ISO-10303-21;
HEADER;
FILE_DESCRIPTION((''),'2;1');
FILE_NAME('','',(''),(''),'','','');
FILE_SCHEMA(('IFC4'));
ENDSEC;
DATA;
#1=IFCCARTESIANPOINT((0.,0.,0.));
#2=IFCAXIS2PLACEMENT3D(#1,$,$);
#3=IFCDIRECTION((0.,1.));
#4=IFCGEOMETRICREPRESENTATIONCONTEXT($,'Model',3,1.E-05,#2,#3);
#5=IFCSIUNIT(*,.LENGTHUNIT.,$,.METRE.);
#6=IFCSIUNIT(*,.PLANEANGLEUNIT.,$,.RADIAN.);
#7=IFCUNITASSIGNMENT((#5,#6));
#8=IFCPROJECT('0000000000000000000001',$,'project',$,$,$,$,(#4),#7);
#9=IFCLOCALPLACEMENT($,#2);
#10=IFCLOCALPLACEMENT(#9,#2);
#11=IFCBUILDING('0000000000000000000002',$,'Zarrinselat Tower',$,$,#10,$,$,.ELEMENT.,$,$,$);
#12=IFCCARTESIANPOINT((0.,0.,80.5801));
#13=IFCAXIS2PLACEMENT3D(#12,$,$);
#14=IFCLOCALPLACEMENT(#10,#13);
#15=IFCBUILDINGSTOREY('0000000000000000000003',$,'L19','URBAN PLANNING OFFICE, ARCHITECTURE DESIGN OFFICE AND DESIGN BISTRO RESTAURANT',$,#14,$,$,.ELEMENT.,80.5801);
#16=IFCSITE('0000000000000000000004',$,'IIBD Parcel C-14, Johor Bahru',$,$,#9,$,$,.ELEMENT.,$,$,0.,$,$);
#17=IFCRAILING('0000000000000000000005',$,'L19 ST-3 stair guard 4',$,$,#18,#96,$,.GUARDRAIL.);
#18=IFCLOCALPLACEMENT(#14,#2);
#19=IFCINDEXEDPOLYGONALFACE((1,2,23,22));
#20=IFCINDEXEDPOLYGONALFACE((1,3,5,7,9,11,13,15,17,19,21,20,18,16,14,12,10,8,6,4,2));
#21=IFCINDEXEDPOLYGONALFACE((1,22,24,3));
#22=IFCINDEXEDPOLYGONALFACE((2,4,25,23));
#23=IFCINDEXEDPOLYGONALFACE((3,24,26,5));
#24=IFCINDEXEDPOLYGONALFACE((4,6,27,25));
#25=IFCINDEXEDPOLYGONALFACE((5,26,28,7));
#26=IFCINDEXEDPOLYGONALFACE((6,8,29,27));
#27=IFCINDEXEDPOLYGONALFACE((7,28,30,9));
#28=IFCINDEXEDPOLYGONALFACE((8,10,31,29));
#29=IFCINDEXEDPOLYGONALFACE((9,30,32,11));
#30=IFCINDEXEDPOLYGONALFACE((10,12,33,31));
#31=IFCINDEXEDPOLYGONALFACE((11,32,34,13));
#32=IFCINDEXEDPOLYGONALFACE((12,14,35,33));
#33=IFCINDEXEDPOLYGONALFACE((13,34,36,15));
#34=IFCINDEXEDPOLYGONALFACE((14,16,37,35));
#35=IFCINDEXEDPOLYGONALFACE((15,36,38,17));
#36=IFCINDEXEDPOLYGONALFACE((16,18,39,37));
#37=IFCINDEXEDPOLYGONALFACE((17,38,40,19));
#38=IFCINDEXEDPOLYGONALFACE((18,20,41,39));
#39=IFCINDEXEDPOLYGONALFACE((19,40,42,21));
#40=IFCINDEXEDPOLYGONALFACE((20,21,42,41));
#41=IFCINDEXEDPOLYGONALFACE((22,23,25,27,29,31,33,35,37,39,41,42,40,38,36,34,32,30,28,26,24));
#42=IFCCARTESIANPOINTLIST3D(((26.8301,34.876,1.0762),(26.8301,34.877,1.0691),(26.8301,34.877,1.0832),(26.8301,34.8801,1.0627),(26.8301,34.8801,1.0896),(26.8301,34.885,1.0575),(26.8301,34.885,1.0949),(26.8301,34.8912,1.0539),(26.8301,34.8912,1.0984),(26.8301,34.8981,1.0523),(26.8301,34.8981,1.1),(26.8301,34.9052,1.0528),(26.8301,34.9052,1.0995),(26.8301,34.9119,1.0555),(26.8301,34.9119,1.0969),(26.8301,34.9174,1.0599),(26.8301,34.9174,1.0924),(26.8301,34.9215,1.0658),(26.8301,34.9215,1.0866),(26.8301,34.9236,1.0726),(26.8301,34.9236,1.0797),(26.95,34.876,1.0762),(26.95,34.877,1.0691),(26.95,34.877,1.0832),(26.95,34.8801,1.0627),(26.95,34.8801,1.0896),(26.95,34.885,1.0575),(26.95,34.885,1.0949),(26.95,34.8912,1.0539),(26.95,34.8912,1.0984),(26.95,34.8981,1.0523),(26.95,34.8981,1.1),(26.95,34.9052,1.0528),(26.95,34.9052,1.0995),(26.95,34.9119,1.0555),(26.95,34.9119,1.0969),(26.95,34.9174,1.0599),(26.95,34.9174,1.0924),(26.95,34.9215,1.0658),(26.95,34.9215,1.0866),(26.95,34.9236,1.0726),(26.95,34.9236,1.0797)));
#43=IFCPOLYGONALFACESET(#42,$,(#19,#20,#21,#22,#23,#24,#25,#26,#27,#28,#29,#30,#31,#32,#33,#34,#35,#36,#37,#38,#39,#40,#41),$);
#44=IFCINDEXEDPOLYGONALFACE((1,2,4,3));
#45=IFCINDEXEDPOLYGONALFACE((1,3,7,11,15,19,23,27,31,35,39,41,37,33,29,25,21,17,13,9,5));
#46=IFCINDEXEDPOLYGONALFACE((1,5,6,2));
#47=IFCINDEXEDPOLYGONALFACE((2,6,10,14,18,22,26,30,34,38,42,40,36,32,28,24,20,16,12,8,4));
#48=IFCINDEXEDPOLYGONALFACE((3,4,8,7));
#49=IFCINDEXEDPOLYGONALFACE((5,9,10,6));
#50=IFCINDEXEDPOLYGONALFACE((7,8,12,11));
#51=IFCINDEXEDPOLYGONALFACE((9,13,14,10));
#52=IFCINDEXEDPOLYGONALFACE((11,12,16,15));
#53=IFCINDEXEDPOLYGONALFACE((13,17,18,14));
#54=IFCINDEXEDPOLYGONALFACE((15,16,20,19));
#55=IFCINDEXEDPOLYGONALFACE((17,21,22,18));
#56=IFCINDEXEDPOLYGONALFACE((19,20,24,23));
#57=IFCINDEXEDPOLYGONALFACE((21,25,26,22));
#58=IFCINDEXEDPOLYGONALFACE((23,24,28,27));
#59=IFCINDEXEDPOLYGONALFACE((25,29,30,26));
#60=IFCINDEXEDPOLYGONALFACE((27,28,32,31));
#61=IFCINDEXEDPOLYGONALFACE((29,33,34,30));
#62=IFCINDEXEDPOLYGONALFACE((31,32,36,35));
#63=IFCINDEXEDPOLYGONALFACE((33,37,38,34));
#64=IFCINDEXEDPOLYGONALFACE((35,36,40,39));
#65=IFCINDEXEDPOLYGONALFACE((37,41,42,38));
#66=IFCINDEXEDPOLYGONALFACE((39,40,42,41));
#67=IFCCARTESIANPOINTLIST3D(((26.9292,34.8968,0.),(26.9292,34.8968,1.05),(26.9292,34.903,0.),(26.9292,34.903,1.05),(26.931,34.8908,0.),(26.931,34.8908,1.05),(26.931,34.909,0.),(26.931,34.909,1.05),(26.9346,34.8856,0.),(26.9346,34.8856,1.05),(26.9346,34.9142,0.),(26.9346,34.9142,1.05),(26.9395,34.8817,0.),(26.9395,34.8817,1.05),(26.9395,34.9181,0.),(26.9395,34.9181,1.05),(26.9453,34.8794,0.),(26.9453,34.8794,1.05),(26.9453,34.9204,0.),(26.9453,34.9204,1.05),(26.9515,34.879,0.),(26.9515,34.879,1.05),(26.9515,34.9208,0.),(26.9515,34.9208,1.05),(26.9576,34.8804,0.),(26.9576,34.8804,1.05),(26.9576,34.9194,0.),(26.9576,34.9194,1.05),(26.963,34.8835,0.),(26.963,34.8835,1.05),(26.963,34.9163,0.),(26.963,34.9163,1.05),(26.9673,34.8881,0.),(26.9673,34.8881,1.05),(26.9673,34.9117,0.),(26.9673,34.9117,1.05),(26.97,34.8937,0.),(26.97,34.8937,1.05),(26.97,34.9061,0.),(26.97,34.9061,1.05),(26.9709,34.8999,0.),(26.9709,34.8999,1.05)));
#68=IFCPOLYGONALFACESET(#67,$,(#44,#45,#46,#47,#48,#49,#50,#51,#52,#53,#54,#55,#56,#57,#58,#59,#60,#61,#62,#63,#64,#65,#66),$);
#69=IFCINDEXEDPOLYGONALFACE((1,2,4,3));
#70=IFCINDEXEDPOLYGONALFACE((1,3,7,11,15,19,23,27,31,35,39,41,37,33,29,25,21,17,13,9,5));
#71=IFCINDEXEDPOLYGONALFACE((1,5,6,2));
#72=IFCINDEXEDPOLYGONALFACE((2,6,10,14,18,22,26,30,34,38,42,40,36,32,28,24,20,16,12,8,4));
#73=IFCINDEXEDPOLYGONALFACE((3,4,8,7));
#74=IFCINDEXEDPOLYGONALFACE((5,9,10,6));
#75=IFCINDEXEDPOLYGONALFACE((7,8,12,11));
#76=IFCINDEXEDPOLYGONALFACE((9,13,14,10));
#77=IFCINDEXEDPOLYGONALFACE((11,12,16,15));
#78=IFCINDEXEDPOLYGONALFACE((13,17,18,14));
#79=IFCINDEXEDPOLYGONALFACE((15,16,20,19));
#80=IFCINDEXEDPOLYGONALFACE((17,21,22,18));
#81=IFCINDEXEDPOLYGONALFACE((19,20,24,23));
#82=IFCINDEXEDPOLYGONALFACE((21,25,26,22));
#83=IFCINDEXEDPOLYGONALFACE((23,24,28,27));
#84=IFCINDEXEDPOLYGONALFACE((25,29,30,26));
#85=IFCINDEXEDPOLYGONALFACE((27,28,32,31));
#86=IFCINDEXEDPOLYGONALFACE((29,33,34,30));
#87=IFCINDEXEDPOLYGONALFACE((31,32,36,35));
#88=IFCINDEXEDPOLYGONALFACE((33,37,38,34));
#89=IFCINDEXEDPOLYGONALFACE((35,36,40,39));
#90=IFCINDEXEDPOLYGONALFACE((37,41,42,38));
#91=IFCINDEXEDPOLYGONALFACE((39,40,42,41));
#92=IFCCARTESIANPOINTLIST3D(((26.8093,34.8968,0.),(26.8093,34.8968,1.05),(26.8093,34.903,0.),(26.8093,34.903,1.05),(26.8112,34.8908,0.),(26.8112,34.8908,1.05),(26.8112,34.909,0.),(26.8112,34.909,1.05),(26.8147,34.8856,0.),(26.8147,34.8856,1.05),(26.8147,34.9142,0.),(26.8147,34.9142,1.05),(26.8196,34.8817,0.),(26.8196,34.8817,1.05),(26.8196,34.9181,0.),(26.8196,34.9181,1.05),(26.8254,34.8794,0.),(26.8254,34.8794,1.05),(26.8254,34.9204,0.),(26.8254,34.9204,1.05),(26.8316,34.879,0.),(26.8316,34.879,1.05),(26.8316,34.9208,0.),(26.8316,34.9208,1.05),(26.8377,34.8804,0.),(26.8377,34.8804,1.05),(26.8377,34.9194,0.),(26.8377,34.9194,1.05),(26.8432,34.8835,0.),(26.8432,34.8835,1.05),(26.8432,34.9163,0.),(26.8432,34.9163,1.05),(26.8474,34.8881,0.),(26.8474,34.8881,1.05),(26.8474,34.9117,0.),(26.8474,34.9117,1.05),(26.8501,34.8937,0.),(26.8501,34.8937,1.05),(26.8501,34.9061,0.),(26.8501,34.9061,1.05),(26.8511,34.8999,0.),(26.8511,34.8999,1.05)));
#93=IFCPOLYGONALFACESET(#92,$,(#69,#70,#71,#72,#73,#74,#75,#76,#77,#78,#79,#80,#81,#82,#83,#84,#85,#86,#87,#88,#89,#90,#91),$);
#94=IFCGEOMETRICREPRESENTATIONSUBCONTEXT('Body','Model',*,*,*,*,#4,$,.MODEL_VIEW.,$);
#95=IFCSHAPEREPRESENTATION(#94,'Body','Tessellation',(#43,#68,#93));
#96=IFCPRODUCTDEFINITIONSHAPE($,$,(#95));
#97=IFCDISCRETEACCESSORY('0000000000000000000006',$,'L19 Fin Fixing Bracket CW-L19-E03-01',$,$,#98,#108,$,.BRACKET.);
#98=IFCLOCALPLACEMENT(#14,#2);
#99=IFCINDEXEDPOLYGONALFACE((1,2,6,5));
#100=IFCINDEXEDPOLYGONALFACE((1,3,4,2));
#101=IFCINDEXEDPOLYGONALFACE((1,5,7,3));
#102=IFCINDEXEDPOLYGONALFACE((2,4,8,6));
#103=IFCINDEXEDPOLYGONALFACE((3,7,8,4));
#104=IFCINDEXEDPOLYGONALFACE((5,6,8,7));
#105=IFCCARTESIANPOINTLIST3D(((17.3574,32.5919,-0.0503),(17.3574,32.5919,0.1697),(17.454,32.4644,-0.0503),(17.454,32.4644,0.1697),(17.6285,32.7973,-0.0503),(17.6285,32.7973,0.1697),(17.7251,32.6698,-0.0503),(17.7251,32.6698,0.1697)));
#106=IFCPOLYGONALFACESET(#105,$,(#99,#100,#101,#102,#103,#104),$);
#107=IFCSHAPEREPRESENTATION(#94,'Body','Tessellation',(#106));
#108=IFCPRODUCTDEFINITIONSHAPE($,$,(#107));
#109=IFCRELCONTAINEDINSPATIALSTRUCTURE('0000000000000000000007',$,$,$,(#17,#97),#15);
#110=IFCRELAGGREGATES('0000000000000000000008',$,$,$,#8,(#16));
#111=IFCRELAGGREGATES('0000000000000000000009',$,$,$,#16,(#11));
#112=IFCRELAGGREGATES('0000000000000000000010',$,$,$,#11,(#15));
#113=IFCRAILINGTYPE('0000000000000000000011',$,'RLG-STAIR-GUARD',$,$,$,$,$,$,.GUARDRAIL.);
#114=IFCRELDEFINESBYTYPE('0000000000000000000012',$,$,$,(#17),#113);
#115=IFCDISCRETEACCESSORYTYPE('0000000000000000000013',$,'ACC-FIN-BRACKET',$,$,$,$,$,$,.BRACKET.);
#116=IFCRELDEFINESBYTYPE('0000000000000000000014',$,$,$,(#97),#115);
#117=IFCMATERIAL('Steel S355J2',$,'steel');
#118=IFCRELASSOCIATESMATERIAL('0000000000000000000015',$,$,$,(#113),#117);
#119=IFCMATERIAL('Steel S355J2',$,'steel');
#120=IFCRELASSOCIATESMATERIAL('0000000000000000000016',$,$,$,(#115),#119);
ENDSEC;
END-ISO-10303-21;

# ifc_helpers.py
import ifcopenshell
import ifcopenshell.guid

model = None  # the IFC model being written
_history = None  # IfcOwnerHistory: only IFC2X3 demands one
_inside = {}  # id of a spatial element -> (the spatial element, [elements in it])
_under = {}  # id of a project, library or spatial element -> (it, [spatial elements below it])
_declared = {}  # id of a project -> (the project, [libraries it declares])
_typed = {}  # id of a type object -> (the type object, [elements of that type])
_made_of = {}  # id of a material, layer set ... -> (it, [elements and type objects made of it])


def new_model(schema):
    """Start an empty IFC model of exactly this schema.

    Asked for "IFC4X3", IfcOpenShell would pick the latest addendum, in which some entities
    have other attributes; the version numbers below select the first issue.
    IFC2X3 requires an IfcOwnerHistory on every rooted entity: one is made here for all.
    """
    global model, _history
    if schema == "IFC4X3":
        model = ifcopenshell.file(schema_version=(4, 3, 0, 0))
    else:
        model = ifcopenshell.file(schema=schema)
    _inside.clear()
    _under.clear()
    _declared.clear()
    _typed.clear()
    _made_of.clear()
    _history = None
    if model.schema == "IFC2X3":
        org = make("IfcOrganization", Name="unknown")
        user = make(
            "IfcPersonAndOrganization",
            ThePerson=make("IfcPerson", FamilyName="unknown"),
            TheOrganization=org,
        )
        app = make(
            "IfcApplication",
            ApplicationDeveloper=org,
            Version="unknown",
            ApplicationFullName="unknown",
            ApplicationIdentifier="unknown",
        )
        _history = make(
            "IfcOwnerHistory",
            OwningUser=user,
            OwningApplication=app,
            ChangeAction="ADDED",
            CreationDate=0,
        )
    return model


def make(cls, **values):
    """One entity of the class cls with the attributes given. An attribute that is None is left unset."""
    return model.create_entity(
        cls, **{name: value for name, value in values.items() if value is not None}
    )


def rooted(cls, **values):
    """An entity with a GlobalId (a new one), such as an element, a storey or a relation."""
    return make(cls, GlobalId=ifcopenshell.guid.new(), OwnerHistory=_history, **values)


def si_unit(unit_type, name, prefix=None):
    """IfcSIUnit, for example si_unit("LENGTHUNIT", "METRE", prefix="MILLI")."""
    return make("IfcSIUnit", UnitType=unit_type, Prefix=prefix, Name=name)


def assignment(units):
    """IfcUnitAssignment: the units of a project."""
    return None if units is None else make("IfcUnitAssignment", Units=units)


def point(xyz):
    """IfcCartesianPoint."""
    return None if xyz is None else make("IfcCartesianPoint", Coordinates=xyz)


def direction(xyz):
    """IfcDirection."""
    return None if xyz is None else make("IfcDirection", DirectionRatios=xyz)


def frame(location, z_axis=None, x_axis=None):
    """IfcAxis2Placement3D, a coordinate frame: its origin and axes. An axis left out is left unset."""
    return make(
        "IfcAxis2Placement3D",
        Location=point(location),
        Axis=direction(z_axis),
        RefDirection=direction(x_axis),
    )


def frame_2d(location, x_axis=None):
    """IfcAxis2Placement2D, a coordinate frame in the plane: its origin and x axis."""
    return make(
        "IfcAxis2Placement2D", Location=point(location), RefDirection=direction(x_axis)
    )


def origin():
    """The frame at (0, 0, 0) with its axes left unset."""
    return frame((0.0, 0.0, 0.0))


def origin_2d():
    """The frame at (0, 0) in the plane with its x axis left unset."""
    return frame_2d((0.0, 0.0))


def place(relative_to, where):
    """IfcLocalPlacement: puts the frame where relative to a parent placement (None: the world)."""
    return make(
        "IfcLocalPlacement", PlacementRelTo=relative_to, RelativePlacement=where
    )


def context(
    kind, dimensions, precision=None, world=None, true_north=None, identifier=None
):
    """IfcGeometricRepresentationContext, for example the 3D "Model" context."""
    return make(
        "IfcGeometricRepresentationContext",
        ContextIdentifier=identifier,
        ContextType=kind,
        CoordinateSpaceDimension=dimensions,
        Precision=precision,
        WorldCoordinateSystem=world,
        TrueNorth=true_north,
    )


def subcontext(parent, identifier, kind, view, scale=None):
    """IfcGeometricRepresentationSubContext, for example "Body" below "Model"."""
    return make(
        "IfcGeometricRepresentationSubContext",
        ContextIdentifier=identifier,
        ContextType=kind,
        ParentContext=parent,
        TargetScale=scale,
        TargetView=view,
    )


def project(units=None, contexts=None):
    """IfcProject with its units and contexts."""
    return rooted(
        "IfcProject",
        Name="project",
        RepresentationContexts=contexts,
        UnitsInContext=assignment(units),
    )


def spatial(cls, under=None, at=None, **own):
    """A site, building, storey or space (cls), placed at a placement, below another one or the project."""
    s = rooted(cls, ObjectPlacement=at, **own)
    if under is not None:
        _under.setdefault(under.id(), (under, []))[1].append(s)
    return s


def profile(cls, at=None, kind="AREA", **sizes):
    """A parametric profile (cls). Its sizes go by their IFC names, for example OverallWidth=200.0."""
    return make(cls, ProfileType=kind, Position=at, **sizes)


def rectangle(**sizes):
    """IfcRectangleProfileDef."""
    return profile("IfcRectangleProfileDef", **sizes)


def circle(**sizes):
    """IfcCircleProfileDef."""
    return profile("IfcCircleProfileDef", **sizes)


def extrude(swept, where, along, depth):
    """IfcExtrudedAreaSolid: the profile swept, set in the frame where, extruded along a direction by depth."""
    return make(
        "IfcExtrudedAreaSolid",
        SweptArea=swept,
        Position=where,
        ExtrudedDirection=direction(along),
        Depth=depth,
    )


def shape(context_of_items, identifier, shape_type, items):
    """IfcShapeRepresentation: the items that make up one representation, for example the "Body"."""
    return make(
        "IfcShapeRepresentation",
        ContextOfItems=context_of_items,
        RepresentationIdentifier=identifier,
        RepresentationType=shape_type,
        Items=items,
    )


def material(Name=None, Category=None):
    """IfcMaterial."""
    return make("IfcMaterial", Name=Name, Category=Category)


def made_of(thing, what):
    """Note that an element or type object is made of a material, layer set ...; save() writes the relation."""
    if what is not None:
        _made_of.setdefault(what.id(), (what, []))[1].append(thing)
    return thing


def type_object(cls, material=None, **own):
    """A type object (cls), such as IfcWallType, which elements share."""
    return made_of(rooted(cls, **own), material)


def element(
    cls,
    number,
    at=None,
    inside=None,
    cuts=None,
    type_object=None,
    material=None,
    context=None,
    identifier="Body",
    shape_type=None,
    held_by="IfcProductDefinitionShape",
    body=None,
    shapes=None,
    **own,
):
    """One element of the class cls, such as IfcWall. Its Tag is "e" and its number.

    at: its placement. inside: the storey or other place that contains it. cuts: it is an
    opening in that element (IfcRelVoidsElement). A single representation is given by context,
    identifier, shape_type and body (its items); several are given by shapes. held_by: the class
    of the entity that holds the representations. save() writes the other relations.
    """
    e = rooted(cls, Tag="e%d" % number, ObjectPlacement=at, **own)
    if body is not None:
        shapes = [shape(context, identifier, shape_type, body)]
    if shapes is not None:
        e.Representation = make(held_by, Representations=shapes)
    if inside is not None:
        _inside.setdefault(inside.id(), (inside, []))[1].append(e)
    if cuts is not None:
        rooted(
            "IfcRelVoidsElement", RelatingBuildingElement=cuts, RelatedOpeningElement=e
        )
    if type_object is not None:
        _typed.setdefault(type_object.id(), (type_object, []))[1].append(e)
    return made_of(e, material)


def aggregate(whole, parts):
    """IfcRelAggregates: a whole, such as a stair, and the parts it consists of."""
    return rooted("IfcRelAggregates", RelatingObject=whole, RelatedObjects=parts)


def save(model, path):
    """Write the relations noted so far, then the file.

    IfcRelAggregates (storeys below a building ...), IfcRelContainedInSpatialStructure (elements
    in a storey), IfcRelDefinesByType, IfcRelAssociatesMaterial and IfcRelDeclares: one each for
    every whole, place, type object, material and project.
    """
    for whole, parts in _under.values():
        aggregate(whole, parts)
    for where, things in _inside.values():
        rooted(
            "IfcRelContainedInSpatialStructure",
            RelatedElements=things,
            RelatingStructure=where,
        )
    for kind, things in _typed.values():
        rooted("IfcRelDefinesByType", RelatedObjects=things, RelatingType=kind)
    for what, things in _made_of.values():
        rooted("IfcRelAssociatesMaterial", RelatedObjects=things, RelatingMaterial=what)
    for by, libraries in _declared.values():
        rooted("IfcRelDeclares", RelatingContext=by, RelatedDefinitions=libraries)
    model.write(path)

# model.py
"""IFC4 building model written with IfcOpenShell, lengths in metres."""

from ifc_helpers import new_model, si_unit, direction, frame, origin, origin_2d, place, context, subcontext, project, spatial, rectangle, circle, extrude, material, type_object, element, save


model = new_model("IFC4")

# Units and contexts
model_context = context("Model", 3, precision=1e-05, world=origin(), true_north=direction((0.0, 1.0)))
body_context = subcontext(model_context, "Body", "Model", "MODEL_VIEW")
ifc_project = project(units=[si_unit("LENGTHUNIT", "METRE"), si_unit("PLANEANGLEUNIT", "RADIAN")], contexts=[model_context])

# Site, building, storey
site_placement = place(None, origin())
site = spatial("IfcSite", under=ifc_project, at=site_placement, Name="IIBD Parcel C-14, Johor Bahru", CompositionType="ELEMENT", RefElevation=0.0)
building_placement = place(site_placement, origin())
building = spatial("IfcBuilding", under=site, at=building_placement, Name="Zarrinselat Tower", CompositionType="ELEMENT")
storey_placement = place(building_placement, frame((0.0, 0.0, 80.5801)))
storey = spatial("IfcBuildingStorey", under=building, at=storey_placement, Name="L19", Description="URBAN PLANNING OFFICE, ARCHITECTURE DESIGN OFFICE AND DESIGN BISTRO RESTAURANT", CompositionType="ELEMENT", Elevation=80.5801)

# Railing
ifc_material_1 = material(Name="Steel S355J2", Category="steel")
railing_type = type_object("IfcRailingType", Name="RLG-STAIR-GUARD", PredefinedType="GUARDRAIL", material=ifc_material_1)
railing_placement = place(storey_placement, frame((26.95, 34.8999, 0.0)))
element("IfcRailing", 1, at=railing_placement, inside=storey, type_object=railing_type, Name="L19 ST-3 stair guard 4", PredefinedType="GUARDRAIL", context=body_context, shape_type="SweptSolid", body=[
    extrude(circle(Radius=0.0239, at=origin_2d()), frame((0.0, 0.0, 1.0762), z_axis=(-1.0, 0.0, 0.0), x_axis=(0.0, -1.0, 0.0)), (0.0, 0.0, 1.0), 0.1199),
    extrude(circle(Radius=0.021, at=origin_2d()), origin(), (0.0, 0.0, 1.0), 1.05),
    extrude(circle(Radius=0.021, at=origin_2d()), frame((-0.1199, 0.0, 0.0)), (0.0, 0.0, 1.0), 1.05),
])

# Discrete accessory
ifc_material_2 = material(Name="Steel S355J2", Category="steel")
discrete_accessory_type = type_object("IfcDiscreteAccessoryType", Name="ACC-FIN-BRACKET", PredefinedType="BRACKET", material=ifc_material_2)
discrete_accessory_placement = place(storey_placement, frame((17.5413, 32.6309, -0.0503), z_axis=(0.0, 0.0, 1.0), x_axis=(-0.797094, -0.603855, 0.0)))
element("IfcDiscreteAccessory", 2, at=discrete_accessory_placement, inside=storey, type_object=discrete_accessory_type, Name="L19 Fin Fixing Bracket CW-L19-E03-01", PredefinedType="BRACKET", context=body_context, shape_type="SweptSolid", body=[
    extrude(rectangle(XDim=0.3401, YDim=0.1599, at=origin_2d()), origin(), (0.0, 0.0, 1.0), 0.22),
])

save(model, "model.ifc")
